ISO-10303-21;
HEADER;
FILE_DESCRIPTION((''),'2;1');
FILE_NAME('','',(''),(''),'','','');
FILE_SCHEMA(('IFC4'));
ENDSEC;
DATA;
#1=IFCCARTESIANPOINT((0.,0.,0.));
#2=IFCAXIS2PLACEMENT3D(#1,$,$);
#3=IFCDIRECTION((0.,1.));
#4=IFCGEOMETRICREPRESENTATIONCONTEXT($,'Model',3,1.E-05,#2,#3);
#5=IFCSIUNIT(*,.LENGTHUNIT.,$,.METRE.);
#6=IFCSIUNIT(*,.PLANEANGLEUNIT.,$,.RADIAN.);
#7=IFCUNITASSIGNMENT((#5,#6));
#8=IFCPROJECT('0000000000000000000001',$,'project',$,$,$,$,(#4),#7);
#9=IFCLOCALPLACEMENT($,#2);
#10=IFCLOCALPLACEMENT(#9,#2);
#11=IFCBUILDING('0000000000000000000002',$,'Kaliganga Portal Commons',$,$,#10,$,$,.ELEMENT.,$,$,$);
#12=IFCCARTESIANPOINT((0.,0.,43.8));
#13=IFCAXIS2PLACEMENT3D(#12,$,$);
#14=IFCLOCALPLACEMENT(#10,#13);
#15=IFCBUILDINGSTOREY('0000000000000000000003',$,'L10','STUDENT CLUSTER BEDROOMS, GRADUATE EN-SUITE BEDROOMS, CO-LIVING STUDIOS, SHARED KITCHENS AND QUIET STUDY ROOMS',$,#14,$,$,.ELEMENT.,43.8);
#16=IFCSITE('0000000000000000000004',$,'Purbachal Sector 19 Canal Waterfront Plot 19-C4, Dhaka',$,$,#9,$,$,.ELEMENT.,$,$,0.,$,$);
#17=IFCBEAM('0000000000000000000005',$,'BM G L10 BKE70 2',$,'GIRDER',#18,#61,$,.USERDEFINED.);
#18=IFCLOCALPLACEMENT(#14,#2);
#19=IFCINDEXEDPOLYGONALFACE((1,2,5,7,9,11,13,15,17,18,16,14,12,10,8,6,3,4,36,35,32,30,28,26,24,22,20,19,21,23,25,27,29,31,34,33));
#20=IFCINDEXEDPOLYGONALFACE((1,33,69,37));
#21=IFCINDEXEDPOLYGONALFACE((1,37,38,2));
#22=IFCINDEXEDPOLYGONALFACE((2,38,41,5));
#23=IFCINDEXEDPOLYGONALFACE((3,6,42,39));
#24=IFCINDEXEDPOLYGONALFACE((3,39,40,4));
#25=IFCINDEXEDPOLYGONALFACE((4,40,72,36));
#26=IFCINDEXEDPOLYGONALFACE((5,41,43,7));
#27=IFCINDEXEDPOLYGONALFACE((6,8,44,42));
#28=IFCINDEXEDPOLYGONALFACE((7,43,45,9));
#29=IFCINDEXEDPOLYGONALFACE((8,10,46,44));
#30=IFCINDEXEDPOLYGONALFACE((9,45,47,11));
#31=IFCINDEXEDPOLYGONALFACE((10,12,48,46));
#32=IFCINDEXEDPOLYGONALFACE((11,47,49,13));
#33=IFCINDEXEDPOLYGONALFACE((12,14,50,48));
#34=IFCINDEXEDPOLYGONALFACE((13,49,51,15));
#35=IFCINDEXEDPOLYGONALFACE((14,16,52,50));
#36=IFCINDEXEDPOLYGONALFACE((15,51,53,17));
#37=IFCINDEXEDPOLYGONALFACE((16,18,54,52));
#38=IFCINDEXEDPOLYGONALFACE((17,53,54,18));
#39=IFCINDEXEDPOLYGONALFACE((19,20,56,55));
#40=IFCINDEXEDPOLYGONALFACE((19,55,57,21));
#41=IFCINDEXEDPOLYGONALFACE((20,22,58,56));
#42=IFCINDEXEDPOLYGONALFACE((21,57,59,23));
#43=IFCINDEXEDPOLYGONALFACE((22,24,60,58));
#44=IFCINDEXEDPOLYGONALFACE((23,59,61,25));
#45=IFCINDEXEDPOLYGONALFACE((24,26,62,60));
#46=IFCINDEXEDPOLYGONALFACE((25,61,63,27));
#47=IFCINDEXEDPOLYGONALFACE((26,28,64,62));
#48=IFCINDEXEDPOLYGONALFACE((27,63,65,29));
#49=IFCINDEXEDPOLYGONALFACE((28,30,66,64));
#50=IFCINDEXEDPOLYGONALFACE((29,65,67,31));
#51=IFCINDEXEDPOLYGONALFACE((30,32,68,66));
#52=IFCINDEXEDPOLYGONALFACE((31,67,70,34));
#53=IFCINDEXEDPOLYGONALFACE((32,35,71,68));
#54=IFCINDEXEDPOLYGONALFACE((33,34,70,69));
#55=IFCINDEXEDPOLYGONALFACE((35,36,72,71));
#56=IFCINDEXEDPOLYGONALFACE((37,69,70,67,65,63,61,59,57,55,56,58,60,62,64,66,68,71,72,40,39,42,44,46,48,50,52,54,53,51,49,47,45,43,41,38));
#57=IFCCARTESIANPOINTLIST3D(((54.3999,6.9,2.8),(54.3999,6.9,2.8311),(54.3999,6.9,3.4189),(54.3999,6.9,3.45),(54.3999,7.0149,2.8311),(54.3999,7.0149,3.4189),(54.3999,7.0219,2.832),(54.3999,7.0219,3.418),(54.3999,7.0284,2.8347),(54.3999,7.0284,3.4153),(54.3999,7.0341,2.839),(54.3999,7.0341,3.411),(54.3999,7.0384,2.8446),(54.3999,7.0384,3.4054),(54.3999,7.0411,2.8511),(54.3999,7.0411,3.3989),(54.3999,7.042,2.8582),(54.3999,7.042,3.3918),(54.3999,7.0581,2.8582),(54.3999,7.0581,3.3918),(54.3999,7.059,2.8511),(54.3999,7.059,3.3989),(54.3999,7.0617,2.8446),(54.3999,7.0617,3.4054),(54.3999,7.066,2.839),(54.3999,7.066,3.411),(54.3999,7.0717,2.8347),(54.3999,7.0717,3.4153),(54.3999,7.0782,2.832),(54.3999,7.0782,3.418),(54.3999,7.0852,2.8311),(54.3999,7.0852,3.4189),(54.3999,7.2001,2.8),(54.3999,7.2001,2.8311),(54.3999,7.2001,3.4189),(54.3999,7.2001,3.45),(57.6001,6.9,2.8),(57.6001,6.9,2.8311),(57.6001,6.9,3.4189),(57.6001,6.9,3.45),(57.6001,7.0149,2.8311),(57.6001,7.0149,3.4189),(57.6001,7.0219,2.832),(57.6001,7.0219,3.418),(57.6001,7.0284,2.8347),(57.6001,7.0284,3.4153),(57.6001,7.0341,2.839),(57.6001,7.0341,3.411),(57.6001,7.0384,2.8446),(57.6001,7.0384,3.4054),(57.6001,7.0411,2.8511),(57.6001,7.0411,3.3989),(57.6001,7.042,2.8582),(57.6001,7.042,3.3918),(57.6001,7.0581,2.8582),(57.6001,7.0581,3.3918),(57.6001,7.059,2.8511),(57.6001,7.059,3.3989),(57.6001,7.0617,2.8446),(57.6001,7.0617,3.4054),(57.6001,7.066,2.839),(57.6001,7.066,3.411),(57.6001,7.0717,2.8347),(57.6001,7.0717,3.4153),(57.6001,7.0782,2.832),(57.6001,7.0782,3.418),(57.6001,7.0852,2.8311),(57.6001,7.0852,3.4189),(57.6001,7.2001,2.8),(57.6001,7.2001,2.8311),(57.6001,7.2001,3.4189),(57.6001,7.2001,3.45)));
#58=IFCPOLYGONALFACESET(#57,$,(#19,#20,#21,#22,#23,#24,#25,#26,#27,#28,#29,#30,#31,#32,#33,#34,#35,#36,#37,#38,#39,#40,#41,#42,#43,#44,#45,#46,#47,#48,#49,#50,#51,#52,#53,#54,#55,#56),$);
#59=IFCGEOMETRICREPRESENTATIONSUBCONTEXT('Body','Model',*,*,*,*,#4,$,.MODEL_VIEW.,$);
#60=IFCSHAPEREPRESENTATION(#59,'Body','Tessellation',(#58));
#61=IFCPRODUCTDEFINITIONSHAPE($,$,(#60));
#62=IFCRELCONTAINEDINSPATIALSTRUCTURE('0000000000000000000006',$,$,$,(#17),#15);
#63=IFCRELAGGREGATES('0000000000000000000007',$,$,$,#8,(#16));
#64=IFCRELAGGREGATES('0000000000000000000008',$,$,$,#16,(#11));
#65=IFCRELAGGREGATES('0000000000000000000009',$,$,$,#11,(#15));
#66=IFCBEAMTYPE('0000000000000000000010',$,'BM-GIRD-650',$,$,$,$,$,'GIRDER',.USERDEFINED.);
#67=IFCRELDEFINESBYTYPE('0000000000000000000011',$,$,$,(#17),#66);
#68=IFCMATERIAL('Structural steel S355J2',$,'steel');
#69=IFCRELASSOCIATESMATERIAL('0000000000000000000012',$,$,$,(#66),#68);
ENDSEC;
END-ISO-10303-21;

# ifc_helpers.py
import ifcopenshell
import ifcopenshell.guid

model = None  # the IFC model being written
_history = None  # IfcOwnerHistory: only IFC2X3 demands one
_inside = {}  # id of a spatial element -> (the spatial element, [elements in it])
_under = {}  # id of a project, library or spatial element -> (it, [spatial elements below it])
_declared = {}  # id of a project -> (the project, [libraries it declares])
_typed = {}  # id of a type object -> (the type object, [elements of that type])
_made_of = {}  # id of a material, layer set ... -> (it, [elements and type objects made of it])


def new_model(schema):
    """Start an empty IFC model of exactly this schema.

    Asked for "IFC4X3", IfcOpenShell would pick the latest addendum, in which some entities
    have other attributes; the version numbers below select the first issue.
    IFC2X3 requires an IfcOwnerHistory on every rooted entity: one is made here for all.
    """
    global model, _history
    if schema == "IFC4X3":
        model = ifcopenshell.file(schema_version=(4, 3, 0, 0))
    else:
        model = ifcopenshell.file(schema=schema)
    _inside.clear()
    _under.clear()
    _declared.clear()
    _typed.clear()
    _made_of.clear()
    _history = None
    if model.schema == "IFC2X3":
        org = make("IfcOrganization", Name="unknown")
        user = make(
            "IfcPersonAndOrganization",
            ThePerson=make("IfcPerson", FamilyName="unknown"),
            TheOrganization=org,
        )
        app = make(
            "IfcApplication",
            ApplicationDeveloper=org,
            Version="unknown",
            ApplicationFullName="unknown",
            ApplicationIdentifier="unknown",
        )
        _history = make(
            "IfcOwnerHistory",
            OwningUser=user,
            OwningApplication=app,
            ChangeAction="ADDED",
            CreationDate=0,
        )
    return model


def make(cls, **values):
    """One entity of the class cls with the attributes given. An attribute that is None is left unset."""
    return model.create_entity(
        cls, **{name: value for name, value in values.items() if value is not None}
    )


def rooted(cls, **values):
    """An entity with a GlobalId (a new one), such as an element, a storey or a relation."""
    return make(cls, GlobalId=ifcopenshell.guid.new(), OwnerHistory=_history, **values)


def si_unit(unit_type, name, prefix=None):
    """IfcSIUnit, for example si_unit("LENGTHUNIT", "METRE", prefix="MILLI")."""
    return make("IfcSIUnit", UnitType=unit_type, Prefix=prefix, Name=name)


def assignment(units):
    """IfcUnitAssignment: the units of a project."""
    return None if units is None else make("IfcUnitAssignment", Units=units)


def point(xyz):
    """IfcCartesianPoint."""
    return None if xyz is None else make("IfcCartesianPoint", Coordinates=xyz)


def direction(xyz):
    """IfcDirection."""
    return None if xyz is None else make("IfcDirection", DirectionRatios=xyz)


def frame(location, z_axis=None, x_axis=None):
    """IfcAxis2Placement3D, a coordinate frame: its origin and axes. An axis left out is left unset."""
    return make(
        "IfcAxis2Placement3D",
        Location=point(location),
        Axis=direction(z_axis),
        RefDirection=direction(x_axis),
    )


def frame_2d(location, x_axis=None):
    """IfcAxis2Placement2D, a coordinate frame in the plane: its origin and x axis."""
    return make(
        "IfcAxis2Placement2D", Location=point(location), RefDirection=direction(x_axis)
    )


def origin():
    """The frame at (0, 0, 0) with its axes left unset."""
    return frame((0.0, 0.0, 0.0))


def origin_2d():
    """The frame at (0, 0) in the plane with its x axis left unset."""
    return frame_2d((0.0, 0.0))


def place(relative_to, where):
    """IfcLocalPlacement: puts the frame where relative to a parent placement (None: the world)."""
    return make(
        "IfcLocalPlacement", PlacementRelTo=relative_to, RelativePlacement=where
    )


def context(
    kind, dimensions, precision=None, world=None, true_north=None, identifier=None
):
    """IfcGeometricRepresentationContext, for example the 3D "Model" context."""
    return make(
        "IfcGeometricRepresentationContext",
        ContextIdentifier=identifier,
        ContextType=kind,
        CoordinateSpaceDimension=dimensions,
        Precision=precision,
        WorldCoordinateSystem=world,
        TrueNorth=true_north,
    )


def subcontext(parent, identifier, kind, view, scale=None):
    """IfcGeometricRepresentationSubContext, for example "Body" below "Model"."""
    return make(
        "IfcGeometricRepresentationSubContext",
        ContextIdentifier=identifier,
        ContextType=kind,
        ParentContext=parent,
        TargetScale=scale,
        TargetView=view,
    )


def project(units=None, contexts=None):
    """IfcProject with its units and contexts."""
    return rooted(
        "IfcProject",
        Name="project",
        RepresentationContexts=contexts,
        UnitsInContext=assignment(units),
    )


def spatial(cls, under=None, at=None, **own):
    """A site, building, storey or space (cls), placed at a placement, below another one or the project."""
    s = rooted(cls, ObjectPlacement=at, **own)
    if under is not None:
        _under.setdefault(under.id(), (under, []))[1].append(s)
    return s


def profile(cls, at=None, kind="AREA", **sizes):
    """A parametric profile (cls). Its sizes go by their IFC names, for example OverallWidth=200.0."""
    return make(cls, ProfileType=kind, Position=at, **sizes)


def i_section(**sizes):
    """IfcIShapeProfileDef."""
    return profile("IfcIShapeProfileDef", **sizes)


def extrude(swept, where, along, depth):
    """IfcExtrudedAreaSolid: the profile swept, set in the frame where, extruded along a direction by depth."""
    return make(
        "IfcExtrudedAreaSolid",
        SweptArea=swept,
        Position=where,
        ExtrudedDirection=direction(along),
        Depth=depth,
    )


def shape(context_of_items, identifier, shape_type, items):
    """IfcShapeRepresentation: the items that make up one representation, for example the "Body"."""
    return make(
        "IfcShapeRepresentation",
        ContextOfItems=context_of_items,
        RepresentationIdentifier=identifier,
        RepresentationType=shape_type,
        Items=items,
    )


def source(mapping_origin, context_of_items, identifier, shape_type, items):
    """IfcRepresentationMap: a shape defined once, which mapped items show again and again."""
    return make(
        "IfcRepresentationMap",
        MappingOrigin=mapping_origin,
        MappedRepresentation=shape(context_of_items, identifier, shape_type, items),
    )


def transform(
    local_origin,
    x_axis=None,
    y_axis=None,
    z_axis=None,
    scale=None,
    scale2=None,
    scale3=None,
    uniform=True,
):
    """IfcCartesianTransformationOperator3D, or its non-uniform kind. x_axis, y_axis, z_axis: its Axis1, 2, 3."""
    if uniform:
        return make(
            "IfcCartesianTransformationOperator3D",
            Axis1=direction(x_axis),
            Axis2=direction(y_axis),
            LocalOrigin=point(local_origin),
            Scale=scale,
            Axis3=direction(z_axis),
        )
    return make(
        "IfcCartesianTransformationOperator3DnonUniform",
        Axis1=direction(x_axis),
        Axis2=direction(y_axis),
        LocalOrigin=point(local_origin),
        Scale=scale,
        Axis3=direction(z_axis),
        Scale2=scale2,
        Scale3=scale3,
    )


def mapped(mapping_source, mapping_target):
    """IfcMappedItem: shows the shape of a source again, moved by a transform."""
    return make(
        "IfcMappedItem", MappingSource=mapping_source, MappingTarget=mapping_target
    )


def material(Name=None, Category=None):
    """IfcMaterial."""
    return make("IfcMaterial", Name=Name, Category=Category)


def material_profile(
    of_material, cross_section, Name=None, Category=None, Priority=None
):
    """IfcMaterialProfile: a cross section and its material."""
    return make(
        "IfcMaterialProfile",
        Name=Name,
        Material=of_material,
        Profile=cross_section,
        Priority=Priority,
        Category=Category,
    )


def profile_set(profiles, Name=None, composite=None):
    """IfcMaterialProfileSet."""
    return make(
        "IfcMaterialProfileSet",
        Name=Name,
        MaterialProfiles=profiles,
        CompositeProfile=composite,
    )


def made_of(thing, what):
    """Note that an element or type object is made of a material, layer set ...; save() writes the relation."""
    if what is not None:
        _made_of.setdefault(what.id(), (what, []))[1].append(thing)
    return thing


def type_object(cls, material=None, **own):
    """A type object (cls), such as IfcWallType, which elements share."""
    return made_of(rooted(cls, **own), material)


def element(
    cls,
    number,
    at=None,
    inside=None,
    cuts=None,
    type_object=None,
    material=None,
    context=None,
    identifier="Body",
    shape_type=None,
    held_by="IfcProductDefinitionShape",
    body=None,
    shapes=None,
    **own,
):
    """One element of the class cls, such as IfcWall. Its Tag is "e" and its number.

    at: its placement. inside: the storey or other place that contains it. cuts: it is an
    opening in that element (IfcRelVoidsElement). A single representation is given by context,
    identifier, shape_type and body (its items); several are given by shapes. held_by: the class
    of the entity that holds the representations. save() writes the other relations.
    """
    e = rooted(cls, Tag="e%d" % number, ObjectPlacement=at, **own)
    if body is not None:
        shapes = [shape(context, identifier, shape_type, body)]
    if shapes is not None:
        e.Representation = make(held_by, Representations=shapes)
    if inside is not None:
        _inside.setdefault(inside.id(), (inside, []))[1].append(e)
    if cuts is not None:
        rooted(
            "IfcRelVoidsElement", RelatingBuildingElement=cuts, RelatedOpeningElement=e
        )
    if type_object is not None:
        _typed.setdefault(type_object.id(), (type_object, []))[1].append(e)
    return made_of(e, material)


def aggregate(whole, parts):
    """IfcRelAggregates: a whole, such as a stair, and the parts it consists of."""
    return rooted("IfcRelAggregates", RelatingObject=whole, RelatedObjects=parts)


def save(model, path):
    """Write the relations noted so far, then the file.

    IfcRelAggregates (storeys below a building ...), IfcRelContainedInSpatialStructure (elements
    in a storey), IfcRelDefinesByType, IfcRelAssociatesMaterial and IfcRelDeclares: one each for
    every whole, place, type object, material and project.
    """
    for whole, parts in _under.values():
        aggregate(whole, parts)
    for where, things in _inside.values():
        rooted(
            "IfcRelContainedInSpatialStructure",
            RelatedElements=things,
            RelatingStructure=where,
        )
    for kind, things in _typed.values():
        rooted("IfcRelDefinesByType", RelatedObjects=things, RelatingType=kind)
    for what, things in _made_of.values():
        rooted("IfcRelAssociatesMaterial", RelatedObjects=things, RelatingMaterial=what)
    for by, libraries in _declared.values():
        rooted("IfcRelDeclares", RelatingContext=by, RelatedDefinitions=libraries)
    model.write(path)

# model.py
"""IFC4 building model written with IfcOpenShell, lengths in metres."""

from ifc_helpers import new_model, si_unit, direction, frame, origin, origin_2d, place, context, subcontext, project, spatial, i_section, extrude, source, transform, mapped, material, material_profile, profile_set, type_object, element, save


model = new_model("IFC4")

# Units and contexts
model_context = context("Model", 3, precision=1e-05, world=origin(), true_north=direction((0.0, 1.0)))
body_context = subcontext(model_context, "Body", "Model", "MODEL_VIEW")
ifc_project = project(units=[si_unit("LENGTHUNIT", "METRE"), si_unit("PLANEANGLEUNIT", "RADIAN")], contexts=[model_context])

# Site, building, storey
site_placement = place(None, origin())
site = spatial("IfcSite", under=ifc_project, at=site_placement, Name="Purbachal Sector 19 Canal Waterfront Plot 19-C4, Dhaka", CompositionType="ELEMENT", RefElevation=0.0)
building_placement = place(site_placement, origin())
building = spatial("IfcBuilding", under=site, at=building_placement, Name="Kaliganga Portal Commons", CompositionType="ELEMENT")
storey_placement = place(building_placement, frame((0.0, 0.0, 43.8)))
storey = spatial("IfcBuildingStorey", under=building, at=storey_placement, Name="L10", Description="STUDENT CLUSTER BEDROOMS, GRADUATE EN-SUITE BEDROOMS, CO-LIVING STUDIOS, SHARED KITCHENS AND QUIET STUDY ROOMS", CompositionType="ELEMENT", Elevation=43.8)

# Beam
ifc_material_1 = material(Name="Structural steel S355J2", Category="steel")
ifc_material_profile_1 = material_profile(ifc_material_1, i_section(OverallWidth=0.3, OverallDepth=0.6499, WebThickness=0.0161, FlangeThickness=0.031, FilletRadius=0.0271, at=origin_2d()), Name="HE 650 B")
ifc_profile_set_1 = profile_set([ifc_material_profile_1], Name="Structural steel S355J2 wide-flange")
beam_type_1 = type_object("IfcBeamType", Name="BM-GIRD-650", ElementType="GIRDER", PredefinedType="USERDEFINED", material=ifc_profile_set_1)
shared_shape_1 = source(origin(), body_context, "Body", "SweptSolid", [
    extrude(i_section(OverallWidth=0.3, OverallDepth=0.6499, WebThickness=0.0161, FlangeThickness=0.031, FilletRadius=0.0271, at=origin_2d()), origin(), (0.0, 0.0, 1.0), 3.2002),
])
beam_1_placement = place(storey_placement, frame((54.3999, 7.05, 3.125), z_axis=(1.0, 0.0, 0.0), x_axis=(0.0, 1.0, 0.0)))
element("IfcBeam", 1, at=beam_1_placement, inside=storey, type_object=beam_type_1, Name="BM G L10 BKE70 2", ObjectType="GIRDER", PredefinedType="USERDEFINED", context=body_context, shape_type="MappedRepresentation", body=[
    mapped(shared_shape_1, transform((0.0, 0.0, 0.0), x_axis=(1.0, 0.0, 0.0), y_axis=(0.0, 1.0, 0.0), z_axis=(0.0, 0.0, 1.0), scale=1.0)),
])

save(model, "model.ifc")
